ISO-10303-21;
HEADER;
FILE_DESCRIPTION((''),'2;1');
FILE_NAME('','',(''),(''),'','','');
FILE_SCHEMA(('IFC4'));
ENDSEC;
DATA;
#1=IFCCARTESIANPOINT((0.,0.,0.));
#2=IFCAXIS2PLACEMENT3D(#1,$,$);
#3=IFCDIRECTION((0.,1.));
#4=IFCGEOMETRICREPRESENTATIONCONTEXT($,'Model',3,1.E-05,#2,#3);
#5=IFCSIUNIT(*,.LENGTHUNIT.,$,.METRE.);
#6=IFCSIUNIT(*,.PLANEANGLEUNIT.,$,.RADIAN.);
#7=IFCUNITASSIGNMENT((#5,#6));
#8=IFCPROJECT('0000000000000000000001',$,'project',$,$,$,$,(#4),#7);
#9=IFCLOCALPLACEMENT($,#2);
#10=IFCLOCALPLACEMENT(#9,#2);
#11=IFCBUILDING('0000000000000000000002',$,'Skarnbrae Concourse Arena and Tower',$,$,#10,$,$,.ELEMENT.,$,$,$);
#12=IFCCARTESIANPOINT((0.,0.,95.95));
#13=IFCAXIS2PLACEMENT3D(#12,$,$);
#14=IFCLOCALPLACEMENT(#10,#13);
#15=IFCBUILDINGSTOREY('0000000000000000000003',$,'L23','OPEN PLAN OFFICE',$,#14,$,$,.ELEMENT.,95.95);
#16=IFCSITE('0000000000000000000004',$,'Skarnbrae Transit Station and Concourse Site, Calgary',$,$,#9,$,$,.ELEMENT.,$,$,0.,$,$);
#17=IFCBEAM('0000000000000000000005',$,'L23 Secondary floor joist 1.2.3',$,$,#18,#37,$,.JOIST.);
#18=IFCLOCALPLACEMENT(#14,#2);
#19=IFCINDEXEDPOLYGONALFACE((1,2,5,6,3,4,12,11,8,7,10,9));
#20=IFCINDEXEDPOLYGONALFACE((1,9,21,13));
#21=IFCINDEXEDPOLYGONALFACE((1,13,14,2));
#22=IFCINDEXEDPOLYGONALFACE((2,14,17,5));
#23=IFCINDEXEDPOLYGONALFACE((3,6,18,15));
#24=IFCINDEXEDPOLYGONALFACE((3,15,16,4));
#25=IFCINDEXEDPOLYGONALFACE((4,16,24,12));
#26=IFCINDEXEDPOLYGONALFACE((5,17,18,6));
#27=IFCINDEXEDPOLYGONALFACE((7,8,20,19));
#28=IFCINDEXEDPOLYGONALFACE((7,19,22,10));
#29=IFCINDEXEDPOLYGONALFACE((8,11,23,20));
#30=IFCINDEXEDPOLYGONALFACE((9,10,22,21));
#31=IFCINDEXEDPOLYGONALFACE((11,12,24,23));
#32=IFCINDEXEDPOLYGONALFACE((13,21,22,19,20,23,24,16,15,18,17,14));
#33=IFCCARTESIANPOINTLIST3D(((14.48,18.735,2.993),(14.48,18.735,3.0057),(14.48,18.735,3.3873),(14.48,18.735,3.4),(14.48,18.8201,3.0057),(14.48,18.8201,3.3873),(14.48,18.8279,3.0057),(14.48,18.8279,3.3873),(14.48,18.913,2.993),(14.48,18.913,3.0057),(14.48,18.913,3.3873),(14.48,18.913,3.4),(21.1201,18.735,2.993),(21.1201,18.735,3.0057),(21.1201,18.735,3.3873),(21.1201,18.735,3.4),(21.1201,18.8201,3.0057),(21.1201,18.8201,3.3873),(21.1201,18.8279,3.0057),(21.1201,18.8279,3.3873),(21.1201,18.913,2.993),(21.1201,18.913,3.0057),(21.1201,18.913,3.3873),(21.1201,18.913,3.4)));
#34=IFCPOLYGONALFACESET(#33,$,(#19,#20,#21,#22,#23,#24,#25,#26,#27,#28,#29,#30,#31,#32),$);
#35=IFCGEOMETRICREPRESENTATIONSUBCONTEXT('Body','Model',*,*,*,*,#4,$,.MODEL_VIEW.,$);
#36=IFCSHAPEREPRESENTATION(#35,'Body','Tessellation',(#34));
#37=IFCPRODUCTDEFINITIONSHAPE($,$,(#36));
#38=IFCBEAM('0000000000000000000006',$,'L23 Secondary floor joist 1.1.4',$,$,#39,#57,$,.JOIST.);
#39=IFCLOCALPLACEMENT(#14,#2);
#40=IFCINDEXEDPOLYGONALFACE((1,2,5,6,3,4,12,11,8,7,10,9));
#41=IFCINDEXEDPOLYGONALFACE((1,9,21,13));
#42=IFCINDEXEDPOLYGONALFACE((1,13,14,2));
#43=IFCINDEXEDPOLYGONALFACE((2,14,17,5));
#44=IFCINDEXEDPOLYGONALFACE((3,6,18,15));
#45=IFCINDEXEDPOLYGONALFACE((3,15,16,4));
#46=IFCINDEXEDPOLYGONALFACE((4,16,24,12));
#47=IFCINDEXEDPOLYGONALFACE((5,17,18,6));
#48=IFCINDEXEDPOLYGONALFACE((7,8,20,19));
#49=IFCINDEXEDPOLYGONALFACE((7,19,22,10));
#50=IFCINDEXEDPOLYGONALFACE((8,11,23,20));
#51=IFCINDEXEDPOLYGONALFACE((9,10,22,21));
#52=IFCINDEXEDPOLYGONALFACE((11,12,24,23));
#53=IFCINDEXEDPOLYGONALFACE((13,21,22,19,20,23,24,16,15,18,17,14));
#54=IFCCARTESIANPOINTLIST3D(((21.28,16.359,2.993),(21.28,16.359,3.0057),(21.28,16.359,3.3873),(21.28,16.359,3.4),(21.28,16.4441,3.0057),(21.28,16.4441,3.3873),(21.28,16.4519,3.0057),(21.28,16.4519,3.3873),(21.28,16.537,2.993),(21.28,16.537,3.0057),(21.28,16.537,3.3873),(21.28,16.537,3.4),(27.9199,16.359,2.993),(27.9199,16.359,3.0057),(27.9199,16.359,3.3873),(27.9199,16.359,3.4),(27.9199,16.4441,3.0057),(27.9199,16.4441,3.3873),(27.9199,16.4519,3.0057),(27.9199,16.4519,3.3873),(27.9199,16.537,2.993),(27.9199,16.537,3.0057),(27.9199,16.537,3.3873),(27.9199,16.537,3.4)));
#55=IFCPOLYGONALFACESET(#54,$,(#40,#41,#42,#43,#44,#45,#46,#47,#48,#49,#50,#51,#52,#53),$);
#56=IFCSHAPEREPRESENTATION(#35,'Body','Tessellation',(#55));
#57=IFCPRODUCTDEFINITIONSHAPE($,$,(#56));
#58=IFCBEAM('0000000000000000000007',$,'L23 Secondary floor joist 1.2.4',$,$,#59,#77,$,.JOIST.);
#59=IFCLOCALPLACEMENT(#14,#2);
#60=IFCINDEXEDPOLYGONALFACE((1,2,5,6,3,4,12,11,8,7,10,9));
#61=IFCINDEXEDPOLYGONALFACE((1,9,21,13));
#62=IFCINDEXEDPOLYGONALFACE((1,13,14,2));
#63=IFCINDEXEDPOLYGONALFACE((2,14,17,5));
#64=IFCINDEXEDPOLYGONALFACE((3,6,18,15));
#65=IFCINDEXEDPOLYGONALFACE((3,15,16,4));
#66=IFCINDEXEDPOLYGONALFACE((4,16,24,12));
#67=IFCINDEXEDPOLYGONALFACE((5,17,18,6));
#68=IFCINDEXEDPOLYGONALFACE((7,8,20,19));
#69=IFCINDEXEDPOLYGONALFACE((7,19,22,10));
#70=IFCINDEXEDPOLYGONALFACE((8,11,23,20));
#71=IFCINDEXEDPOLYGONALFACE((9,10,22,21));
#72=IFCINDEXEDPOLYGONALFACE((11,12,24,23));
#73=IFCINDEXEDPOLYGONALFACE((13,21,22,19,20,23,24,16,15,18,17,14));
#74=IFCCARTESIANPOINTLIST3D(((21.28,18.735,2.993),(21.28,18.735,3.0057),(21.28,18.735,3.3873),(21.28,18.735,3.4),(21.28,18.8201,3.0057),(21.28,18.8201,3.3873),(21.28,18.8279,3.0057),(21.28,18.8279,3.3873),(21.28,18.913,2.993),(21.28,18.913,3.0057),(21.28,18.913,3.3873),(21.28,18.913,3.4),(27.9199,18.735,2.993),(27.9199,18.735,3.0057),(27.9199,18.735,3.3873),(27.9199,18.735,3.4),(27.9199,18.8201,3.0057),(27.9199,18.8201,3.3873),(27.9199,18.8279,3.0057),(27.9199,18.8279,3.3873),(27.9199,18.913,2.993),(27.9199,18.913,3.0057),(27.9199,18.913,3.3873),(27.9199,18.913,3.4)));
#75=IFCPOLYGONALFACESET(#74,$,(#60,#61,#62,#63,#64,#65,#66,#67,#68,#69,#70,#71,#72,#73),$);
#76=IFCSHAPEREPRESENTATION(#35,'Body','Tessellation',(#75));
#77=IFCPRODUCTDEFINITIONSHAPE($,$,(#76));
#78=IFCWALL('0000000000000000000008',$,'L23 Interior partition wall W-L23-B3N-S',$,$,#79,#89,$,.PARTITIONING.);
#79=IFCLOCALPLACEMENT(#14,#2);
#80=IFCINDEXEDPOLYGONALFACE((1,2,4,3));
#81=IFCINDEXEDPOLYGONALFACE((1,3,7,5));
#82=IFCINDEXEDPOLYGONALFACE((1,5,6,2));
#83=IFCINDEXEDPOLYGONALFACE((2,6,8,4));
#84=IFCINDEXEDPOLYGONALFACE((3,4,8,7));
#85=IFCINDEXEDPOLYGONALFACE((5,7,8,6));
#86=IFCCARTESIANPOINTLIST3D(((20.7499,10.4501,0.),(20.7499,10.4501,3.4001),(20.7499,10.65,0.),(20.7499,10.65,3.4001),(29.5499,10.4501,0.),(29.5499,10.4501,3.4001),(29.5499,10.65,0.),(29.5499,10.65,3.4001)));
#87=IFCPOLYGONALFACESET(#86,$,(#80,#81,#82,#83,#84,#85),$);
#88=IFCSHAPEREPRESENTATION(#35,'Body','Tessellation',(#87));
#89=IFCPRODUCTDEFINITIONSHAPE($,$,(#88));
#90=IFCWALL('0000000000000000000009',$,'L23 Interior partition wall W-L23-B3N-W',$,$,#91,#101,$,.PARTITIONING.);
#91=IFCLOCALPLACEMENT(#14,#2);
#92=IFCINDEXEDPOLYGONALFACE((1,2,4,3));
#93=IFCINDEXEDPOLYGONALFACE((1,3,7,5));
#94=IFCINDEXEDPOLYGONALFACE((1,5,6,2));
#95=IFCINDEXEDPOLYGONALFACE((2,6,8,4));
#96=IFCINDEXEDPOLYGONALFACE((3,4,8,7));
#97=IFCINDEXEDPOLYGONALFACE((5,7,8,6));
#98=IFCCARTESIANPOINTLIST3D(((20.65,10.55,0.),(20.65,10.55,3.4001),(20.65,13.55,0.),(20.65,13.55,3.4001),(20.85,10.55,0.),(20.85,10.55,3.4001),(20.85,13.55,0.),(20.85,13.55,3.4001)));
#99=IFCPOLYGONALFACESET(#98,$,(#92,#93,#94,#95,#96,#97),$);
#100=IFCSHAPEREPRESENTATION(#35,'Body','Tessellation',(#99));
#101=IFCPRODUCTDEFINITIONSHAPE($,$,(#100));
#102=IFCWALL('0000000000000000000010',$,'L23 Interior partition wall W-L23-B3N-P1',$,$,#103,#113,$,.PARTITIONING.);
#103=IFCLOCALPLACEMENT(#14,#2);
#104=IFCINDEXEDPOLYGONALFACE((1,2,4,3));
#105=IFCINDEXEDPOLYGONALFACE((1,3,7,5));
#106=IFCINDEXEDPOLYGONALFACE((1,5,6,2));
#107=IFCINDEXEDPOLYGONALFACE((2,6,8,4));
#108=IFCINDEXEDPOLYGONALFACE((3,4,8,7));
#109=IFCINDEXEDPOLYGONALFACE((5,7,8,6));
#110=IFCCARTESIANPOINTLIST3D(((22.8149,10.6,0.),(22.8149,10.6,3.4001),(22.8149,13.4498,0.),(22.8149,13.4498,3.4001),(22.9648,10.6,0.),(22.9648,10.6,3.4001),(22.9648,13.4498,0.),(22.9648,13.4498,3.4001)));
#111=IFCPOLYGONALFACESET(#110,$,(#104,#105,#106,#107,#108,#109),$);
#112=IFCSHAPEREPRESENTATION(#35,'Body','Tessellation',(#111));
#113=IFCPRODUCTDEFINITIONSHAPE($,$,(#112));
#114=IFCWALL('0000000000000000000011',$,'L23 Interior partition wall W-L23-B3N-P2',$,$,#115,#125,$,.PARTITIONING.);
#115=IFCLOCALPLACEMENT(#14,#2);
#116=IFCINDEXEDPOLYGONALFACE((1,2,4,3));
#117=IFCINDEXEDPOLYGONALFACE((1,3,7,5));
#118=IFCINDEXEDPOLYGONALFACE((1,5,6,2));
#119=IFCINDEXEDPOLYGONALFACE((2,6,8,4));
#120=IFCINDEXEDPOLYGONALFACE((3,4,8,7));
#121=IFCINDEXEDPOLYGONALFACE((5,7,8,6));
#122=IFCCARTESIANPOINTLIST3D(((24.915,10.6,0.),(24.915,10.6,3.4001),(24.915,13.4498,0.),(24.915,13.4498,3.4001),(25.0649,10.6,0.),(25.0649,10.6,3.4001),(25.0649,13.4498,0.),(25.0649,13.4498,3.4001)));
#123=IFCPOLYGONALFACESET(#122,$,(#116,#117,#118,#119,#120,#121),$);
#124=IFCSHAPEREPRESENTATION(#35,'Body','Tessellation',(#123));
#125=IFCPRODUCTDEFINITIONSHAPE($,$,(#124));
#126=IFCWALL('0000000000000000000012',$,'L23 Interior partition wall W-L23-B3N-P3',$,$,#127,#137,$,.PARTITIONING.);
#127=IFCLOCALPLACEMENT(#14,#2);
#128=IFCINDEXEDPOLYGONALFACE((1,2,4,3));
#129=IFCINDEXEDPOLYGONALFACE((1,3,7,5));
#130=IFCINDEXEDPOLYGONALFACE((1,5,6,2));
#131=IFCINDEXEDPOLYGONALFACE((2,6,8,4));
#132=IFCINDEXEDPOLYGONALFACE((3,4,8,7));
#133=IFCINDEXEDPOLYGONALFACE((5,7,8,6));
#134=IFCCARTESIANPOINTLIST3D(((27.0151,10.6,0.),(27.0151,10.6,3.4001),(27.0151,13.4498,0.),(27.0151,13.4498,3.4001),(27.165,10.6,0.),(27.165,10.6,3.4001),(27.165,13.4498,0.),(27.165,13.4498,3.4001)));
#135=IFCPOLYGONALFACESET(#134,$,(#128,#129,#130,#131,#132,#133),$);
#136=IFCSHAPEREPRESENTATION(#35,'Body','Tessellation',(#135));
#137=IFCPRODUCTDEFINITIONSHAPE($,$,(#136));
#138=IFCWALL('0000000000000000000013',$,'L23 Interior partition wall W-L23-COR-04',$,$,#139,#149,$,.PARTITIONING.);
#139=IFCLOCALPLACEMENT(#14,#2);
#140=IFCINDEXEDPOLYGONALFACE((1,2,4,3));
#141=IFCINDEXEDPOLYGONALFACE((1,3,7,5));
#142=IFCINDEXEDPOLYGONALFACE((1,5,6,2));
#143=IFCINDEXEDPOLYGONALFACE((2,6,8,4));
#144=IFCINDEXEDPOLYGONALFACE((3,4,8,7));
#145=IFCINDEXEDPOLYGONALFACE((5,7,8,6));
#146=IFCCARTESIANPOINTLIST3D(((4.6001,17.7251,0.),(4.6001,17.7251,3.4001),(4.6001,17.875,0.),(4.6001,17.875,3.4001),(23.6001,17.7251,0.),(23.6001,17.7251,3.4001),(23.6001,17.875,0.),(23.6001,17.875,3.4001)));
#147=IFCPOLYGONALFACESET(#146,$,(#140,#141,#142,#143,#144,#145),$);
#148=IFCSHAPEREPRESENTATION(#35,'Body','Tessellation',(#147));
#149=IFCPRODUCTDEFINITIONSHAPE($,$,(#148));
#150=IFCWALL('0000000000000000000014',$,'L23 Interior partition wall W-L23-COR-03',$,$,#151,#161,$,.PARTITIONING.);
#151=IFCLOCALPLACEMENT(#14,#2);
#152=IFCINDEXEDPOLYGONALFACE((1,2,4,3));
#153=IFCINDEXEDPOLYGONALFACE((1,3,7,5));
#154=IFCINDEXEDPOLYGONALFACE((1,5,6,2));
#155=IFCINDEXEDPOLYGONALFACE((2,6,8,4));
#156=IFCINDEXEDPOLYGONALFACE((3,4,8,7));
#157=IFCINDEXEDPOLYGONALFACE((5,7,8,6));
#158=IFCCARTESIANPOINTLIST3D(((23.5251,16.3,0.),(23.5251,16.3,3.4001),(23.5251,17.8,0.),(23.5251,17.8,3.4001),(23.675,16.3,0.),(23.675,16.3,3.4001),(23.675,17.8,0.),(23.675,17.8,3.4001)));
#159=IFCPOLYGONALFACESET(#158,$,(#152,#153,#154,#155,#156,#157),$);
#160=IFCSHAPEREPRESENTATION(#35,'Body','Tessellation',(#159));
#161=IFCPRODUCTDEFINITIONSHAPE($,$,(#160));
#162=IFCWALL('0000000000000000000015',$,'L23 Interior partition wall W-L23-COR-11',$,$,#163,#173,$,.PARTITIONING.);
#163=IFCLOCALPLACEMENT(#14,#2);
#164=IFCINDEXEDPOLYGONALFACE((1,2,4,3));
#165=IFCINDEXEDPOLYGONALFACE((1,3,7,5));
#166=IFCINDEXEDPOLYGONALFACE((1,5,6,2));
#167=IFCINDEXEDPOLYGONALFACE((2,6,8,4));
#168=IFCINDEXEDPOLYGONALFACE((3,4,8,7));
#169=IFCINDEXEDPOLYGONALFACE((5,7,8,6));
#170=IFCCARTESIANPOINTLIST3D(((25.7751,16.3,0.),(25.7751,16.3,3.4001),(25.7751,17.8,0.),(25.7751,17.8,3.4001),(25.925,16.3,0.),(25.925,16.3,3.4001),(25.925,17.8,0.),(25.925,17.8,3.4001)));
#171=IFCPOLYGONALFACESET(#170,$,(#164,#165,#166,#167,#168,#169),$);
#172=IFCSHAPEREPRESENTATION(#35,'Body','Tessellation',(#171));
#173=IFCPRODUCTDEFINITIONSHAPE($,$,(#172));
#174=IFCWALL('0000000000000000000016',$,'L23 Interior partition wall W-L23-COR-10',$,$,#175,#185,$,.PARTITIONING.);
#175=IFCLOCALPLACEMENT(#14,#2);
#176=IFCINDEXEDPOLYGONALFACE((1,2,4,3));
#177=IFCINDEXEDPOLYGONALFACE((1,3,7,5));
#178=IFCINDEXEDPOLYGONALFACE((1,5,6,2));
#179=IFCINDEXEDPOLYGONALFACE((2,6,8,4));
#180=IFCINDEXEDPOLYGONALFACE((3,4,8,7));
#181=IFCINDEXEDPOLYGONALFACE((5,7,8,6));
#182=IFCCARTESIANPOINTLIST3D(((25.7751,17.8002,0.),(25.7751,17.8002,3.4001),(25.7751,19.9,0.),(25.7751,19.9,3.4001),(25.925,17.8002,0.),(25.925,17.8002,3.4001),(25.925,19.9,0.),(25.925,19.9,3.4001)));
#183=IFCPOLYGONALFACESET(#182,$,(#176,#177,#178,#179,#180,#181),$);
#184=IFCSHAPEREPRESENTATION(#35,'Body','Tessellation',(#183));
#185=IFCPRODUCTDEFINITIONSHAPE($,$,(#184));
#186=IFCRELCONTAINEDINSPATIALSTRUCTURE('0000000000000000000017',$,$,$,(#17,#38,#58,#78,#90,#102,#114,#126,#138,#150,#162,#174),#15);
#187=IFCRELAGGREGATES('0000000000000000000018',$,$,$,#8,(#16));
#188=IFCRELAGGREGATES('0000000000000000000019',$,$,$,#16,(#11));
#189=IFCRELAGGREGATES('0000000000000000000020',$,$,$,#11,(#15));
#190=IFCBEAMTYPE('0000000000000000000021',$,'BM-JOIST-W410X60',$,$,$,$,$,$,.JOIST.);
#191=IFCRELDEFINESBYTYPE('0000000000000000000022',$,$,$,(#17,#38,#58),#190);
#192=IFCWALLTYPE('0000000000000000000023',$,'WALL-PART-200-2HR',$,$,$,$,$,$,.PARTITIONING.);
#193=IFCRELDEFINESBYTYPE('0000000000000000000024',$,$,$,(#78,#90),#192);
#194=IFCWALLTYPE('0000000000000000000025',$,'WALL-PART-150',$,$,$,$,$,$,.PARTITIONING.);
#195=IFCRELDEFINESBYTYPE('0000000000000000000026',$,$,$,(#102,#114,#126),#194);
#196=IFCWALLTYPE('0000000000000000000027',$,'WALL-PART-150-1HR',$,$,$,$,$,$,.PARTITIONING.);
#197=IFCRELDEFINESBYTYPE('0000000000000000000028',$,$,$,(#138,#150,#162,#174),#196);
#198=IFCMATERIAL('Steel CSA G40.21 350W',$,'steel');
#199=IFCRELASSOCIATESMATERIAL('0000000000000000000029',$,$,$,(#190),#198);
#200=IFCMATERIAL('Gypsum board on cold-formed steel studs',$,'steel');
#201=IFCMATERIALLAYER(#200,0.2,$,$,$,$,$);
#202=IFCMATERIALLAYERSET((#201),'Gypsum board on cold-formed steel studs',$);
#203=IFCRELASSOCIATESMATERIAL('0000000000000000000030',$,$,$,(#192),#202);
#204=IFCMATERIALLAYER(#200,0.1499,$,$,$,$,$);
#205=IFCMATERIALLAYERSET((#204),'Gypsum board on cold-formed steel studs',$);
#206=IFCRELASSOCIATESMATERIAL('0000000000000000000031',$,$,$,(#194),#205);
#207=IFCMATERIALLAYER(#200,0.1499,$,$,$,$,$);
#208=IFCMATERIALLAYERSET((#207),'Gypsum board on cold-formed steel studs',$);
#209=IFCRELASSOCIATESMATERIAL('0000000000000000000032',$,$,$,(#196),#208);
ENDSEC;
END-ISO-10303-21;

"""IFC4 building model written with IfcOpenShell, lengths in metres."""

from ifc_helpers import new_model, si_unit, direction, frame, frame_2d, origin, origin_2d, place, context, subcontext, project, spatial, rectangle, i_section, extrude, source, transform, mapped, material, layer, layer_set, material_profile, profile_set, type_object, element, save


model = new_model("IFC4")

# Units and contexts
model_context = context("Model", 3, precision=1e-05, world=origin(), true_north=direction((0.0, 1.0)))
body_context = subcontext(model_context, "Body", "Model", "MODEL_VIEW")
ifc_project = project(units=[si_unit("LENGTHUNIT", "METRE"), si_unit("PLANEANGLEUNIT", "RADIAN")], contexts=[model_context])

# Site, building, storey
site_placement = place(None, origin())
site = spatial("IfcSite", under=ifc_project, at=site_placement, Name="Skarnbrae Transit Station and Concourse Site, Calgary", CompositionType="ELEMENT", RefElevation=0.0)
building_placement = place(site_placement, origin())
building = spatial("IfcBuilding", under=site, at=building_placement, Name="Skarnbrae Concourse Arena and Tower", CompositionType="ELEMENT")
storey_placement = place(building_placement, frame((0.0, 0.0, 95.95)))
storey = spatial("IfcBuildingStorey", under=building, at=storey_placement, Name="L23", Description="OPEN PLAN OFFICE", CompositionType="ELEMENT", Elevation=95.95)

# Shared definitions
ifc_material_1 = material(Name="Steel CSA G40.21 350W", Category="steel")

# Beams
ifc_material_profile_1 = material_profile(ifc_material_1, i_section(OverallWidth=0.178, OverallDepth=0.407, WebThickness=0.0078, FlangeThickness=0.0127, at=origin_2d()), Name="W410X60")
ifc_profile_set_1 = profile_set([ifc_material_profile_1], Name="Steel CSA G40.21 350W")
beam_type_1 = type_object("IfcBeamType", Name="BM-JOIST-W410X60", PredefinedType="JOIST", material=ifc_profile_set_1)
shared_shape_1 = source(origin(), body_context, "Body", "SweptSolid", [
    extrude(i_section(OverallWidth=0.178, OverallDepth=0.407, WebThickness=0.0078, FlangeThickness=0.0127, at=origin_2d()), origin(), (0.0, 0.0, 1.0), 6.6401),
])
for number, where, z_axis, x_axis, name in (
    (1, (14.48, 18.824, 3.1965), (1.0, 0.0, 0.0), (0.0, 1.0, 0.0), "L23 Secondary floor joist 1.2.3"),
):
    element("IfcBeam", number, at=place(storey_placement, frame(where, z_axis=z_axis, x_axis=x_axis)), inside=storey, type_object=beam_type_1, Name=name, PredefinedType="JOIST", context=body_context, shape_type="MappedRepresentation", body=[
        mapped(shared_shape_1, transform((0.0, 0.0, 0.0))),
    ])
shared_shape_2 = source(origin(), body_context, "Body", "SweptSolid", [
    extrude(i_section(OverallWidth=0.178, OverallDepth=0.407, WebThickness=0.0078, FlangeThickness=0.0127, at=origin_2d()), origin(), (0.0, 0.0, 1.0), 6.6399),
])
for number, where, z_axis, x_axis, name in (
    (2, (21.28, 16.448, 3.1965), (1.0, 0.0, 0.0), (0.0, 1.0, 0.0), "L23 Secondary floor joist 1.1.4"),
    (3, (21.28, 18.824, 3.1965), (1.0, 0.0, 0.0), (0.0, 1.0, 0.0), "L23 Secondary floor joist 1.2.4"),
):
    element("IfcBeam", number, at=place(storey_placement, frame(where, z_axis=z_axis, x_axis=x_axis)), inside=storey, type_object=beam_type_1, Name=name, PredefinedType="JOIST", context=body_context, shape_type="MappedRepresentation", body=[
        mapped(shared_shape_2, transform((0.0, 0.0, 0.0))),
    ])

# Walls
ifc_material_2 = material(Name="Gypsum board on cold-formed steel studs", Category="steel")
ifc_layer_1 = layer(ifc_material_2, 0.2)
ifc_layer_set_1 = layer_set([ifc_layer_1], Name="Gypsum board on cold-formed steel studs")
wall_type_1 = type_object("IfcWallType", Name="WALL-PART-200-2HR", PredefinedType="PARTITIONING", material=ifc_layer_set_1)
shared_shape_3 = source(origin(), body_context, "Body", "SweptSolid", [
    extrude(rectangle(XDim=8.8, YDim=0.2, at=frame_2d((4.3999, 0.0))), origin(), (0.0, 0.0, 1.0), 3.4001),
])
wall_1_placement = place(storey_placement, frame((20.75, 10.55, 0.0), z_axis=(0.0, 0.0, 1.0), x_axis=(1.0, 0.0, 0.0)))
element("IfcWall", 4, at=wall_1_placement, inside=storey, type_object=wall_type_1, Name="L23 Interior partition wall W-L23-B3N-S", PredefinedType="PARTITIONING", context=body_context, shape_type="MappedRepresentation", body=[
    mapped(shared_shape_3, transform((0.0, 0.0, 0.0))),
])
shared_shape_4 = source(origin(), body_context, "Body", "SweptSolid", [
    extrude(rectangle(XDim=3.0, YDim=0.2, at=frame_2d((1.5, 0.0))), origin(), (0.0, 0.0, 1.0), 3.4001),
])
wall_2_placement = place(storey_placement, frame((20.75, 10.55, 0.0), z_axis=(0.0, 0.0, 1.0), x_axis=(0.0, 1.0, 0.0)))
element("IfcWall", 5, at=wall_2_placement, inside=storey, type_object=wall_type_1, Name="L23 Interior partition wall W-L23-B3N-W", PredefinedType="PARTITIONING", context=body_context, shape_type="MappedRepresentation", body=[
    mapped(shared_shape_4, transform((0.0, 0.0, 0.0))),
])
ifc_layer_2 = layer(ifc_material_2, 0.1499)
ifc_layer_set_2 = layer_set([ifc_layer_2], Name="Gypsum board on cold-formed steel studs")
wall_type_2 = type_object("IfcWallType", Name="WALL-PART-150", PredefinedType="PARTITIONING", material=ifc_layer_set_2)
shared_shape_5 = source(origin(), body_context, "Body", "SweptSolid", [
    extrude(rectangle(XDim=2.8499, YDim=0.1499, at=frame_2d((1.4248, 0.0))), origin(), (0.0, 0.0, 1.0), 3.4001),
])
for number, where, z_axis, x_axis, name in (
    (6, (22.8899, 10.6001, 0.0), (0.0, 0.0, 1.0), (0.0, 1.0, 0.0), "L23 Interior partition wall W-L23-B3N-P1"),
    (7, (24.99, 10.6001, 0.0), (0.0, 0.0, 1.0), (0.0, 1.0, 0.0), "L23 Interior partition wall W-L23-B3N-P2"),
    (8, (27.0901, 10.6001, 0.0), (0.0, 0.0, 1.0), (0.0, 1.0, 0.0), "L23 Interior partition wall W-L23-B3N-P3"),
):
    element("IfcWall", number, at=place(storey_placement, frame(where, z_axis=z_axis, x_axis=x_axis)), inside=storey, type_object=wall_type_2, Name=name, PredefinedType="PARTITIONING", context=body_context, shape_type="MappedRepresentation", body=[
        mapped(shared_shape_5, transform((0.0, 0.0, 0.0))),
    ])
ifc_layer_3 = layer(ifc_material_2, 0.1499)
ifc_layer_set_3 = layer_set([ifc_layer_3], Name="Gypsum board on cold-formed steel studs")
wall_type_3 = type_object("IfcWallType", Name="WALL-PART-150-1HR", PredefinedType="PARTITIONING", material=ifc_layer_set_3)
shared_shape_6 = source(origin(), body_context, "Body", "SweptSolid", [
    extrude(rectangle(XDim=19.0, YDim=0.1499, at=frame_2d((9.5, 0.0))), origin(), (0.0, 0.0, 1.0), 3.4001),
])
wall_3_placement = place(storey_placement, frame((23.6001, 17.8, 0.0), z_axis=(0.0, 0.0, 1.0), x_axis=(-1.0, 0.0, 0.0)))
element("IfcWall", 9, at=wall_3_placement, inside=storey, type_object=wall_type_3, Name="L23 Interior partition wall W-L23-COR-04", PredefinedType="PARTITIONING", context=body_context, shape_type="MappedRepresentation", body=[
    mapped(shared_shape_6, transform((0.0, 0.0, 0.0))),
])
shared_shape_7 = source(origin(), body_context, "Body", "SweptSolid", [
    extrude(rectangle(XDim=1.5, YDim=0.1499, at=frame_2d((0.75, 0.0))), origin(), (0.0, 0.0, 1.0), 3.4001),
])
for number, where, z_axis, x_axis, name in (
    (10, (23.6001, 16.3, 0.0), (0.0, 0.0, 1.0), (0.0, 1.0, 0.0), "L23 Interior partition wall W-L23-COR-03"),
    (11, (25.8501, 17.8, 0.0), (0.0, 0.0, 1.0), (0.0, -1.0, 0.0), "L23 Interior partition wall W-L23-COR-11"),
):
    element("IfcWall", number, at=place(storey_placement, frame(where, z_axis=z_axis, x_axis=x_axis)), inside=storey, type_object=wall_type_3, Name=name, PredefinedType="PARTITIONING", context=body_context, shape_type="MappedRepresentation", body=[
        mapped(shared_shape_7, transform((0.0, 0.0, 0.0))),
    ])
shared_shape_8 = source(origin(), body_context, "Body", "SweptSolid", [
    extrude(rectangle(XDim=2.0999, YDim=0.1499, at=frame_2d((1.0498, 0.0))), origin(), (0.0, 0.0, 1.0), 3.4001),
])
wall_4_placement = place(storey_placement, frame((25.8501, 19.8999, 0.0), z_axis=(0.0, 0.0, 1.0), x_axis=(0.0, -1.0, 0.0)))
element("IfcWall", 12, at=wall_4_placement, inside=storey, type_object=wall_type_3, Name="L23 Interior partition wall W-L23-COR-10", PredefinedType="PARTITIONING", context=body_context, shape_type="MappedRepresentation", body=[
    mapped(shared_shape_8, transform((0.0, 0.0, 0.0))),
])

save(model, "model.ifc")
